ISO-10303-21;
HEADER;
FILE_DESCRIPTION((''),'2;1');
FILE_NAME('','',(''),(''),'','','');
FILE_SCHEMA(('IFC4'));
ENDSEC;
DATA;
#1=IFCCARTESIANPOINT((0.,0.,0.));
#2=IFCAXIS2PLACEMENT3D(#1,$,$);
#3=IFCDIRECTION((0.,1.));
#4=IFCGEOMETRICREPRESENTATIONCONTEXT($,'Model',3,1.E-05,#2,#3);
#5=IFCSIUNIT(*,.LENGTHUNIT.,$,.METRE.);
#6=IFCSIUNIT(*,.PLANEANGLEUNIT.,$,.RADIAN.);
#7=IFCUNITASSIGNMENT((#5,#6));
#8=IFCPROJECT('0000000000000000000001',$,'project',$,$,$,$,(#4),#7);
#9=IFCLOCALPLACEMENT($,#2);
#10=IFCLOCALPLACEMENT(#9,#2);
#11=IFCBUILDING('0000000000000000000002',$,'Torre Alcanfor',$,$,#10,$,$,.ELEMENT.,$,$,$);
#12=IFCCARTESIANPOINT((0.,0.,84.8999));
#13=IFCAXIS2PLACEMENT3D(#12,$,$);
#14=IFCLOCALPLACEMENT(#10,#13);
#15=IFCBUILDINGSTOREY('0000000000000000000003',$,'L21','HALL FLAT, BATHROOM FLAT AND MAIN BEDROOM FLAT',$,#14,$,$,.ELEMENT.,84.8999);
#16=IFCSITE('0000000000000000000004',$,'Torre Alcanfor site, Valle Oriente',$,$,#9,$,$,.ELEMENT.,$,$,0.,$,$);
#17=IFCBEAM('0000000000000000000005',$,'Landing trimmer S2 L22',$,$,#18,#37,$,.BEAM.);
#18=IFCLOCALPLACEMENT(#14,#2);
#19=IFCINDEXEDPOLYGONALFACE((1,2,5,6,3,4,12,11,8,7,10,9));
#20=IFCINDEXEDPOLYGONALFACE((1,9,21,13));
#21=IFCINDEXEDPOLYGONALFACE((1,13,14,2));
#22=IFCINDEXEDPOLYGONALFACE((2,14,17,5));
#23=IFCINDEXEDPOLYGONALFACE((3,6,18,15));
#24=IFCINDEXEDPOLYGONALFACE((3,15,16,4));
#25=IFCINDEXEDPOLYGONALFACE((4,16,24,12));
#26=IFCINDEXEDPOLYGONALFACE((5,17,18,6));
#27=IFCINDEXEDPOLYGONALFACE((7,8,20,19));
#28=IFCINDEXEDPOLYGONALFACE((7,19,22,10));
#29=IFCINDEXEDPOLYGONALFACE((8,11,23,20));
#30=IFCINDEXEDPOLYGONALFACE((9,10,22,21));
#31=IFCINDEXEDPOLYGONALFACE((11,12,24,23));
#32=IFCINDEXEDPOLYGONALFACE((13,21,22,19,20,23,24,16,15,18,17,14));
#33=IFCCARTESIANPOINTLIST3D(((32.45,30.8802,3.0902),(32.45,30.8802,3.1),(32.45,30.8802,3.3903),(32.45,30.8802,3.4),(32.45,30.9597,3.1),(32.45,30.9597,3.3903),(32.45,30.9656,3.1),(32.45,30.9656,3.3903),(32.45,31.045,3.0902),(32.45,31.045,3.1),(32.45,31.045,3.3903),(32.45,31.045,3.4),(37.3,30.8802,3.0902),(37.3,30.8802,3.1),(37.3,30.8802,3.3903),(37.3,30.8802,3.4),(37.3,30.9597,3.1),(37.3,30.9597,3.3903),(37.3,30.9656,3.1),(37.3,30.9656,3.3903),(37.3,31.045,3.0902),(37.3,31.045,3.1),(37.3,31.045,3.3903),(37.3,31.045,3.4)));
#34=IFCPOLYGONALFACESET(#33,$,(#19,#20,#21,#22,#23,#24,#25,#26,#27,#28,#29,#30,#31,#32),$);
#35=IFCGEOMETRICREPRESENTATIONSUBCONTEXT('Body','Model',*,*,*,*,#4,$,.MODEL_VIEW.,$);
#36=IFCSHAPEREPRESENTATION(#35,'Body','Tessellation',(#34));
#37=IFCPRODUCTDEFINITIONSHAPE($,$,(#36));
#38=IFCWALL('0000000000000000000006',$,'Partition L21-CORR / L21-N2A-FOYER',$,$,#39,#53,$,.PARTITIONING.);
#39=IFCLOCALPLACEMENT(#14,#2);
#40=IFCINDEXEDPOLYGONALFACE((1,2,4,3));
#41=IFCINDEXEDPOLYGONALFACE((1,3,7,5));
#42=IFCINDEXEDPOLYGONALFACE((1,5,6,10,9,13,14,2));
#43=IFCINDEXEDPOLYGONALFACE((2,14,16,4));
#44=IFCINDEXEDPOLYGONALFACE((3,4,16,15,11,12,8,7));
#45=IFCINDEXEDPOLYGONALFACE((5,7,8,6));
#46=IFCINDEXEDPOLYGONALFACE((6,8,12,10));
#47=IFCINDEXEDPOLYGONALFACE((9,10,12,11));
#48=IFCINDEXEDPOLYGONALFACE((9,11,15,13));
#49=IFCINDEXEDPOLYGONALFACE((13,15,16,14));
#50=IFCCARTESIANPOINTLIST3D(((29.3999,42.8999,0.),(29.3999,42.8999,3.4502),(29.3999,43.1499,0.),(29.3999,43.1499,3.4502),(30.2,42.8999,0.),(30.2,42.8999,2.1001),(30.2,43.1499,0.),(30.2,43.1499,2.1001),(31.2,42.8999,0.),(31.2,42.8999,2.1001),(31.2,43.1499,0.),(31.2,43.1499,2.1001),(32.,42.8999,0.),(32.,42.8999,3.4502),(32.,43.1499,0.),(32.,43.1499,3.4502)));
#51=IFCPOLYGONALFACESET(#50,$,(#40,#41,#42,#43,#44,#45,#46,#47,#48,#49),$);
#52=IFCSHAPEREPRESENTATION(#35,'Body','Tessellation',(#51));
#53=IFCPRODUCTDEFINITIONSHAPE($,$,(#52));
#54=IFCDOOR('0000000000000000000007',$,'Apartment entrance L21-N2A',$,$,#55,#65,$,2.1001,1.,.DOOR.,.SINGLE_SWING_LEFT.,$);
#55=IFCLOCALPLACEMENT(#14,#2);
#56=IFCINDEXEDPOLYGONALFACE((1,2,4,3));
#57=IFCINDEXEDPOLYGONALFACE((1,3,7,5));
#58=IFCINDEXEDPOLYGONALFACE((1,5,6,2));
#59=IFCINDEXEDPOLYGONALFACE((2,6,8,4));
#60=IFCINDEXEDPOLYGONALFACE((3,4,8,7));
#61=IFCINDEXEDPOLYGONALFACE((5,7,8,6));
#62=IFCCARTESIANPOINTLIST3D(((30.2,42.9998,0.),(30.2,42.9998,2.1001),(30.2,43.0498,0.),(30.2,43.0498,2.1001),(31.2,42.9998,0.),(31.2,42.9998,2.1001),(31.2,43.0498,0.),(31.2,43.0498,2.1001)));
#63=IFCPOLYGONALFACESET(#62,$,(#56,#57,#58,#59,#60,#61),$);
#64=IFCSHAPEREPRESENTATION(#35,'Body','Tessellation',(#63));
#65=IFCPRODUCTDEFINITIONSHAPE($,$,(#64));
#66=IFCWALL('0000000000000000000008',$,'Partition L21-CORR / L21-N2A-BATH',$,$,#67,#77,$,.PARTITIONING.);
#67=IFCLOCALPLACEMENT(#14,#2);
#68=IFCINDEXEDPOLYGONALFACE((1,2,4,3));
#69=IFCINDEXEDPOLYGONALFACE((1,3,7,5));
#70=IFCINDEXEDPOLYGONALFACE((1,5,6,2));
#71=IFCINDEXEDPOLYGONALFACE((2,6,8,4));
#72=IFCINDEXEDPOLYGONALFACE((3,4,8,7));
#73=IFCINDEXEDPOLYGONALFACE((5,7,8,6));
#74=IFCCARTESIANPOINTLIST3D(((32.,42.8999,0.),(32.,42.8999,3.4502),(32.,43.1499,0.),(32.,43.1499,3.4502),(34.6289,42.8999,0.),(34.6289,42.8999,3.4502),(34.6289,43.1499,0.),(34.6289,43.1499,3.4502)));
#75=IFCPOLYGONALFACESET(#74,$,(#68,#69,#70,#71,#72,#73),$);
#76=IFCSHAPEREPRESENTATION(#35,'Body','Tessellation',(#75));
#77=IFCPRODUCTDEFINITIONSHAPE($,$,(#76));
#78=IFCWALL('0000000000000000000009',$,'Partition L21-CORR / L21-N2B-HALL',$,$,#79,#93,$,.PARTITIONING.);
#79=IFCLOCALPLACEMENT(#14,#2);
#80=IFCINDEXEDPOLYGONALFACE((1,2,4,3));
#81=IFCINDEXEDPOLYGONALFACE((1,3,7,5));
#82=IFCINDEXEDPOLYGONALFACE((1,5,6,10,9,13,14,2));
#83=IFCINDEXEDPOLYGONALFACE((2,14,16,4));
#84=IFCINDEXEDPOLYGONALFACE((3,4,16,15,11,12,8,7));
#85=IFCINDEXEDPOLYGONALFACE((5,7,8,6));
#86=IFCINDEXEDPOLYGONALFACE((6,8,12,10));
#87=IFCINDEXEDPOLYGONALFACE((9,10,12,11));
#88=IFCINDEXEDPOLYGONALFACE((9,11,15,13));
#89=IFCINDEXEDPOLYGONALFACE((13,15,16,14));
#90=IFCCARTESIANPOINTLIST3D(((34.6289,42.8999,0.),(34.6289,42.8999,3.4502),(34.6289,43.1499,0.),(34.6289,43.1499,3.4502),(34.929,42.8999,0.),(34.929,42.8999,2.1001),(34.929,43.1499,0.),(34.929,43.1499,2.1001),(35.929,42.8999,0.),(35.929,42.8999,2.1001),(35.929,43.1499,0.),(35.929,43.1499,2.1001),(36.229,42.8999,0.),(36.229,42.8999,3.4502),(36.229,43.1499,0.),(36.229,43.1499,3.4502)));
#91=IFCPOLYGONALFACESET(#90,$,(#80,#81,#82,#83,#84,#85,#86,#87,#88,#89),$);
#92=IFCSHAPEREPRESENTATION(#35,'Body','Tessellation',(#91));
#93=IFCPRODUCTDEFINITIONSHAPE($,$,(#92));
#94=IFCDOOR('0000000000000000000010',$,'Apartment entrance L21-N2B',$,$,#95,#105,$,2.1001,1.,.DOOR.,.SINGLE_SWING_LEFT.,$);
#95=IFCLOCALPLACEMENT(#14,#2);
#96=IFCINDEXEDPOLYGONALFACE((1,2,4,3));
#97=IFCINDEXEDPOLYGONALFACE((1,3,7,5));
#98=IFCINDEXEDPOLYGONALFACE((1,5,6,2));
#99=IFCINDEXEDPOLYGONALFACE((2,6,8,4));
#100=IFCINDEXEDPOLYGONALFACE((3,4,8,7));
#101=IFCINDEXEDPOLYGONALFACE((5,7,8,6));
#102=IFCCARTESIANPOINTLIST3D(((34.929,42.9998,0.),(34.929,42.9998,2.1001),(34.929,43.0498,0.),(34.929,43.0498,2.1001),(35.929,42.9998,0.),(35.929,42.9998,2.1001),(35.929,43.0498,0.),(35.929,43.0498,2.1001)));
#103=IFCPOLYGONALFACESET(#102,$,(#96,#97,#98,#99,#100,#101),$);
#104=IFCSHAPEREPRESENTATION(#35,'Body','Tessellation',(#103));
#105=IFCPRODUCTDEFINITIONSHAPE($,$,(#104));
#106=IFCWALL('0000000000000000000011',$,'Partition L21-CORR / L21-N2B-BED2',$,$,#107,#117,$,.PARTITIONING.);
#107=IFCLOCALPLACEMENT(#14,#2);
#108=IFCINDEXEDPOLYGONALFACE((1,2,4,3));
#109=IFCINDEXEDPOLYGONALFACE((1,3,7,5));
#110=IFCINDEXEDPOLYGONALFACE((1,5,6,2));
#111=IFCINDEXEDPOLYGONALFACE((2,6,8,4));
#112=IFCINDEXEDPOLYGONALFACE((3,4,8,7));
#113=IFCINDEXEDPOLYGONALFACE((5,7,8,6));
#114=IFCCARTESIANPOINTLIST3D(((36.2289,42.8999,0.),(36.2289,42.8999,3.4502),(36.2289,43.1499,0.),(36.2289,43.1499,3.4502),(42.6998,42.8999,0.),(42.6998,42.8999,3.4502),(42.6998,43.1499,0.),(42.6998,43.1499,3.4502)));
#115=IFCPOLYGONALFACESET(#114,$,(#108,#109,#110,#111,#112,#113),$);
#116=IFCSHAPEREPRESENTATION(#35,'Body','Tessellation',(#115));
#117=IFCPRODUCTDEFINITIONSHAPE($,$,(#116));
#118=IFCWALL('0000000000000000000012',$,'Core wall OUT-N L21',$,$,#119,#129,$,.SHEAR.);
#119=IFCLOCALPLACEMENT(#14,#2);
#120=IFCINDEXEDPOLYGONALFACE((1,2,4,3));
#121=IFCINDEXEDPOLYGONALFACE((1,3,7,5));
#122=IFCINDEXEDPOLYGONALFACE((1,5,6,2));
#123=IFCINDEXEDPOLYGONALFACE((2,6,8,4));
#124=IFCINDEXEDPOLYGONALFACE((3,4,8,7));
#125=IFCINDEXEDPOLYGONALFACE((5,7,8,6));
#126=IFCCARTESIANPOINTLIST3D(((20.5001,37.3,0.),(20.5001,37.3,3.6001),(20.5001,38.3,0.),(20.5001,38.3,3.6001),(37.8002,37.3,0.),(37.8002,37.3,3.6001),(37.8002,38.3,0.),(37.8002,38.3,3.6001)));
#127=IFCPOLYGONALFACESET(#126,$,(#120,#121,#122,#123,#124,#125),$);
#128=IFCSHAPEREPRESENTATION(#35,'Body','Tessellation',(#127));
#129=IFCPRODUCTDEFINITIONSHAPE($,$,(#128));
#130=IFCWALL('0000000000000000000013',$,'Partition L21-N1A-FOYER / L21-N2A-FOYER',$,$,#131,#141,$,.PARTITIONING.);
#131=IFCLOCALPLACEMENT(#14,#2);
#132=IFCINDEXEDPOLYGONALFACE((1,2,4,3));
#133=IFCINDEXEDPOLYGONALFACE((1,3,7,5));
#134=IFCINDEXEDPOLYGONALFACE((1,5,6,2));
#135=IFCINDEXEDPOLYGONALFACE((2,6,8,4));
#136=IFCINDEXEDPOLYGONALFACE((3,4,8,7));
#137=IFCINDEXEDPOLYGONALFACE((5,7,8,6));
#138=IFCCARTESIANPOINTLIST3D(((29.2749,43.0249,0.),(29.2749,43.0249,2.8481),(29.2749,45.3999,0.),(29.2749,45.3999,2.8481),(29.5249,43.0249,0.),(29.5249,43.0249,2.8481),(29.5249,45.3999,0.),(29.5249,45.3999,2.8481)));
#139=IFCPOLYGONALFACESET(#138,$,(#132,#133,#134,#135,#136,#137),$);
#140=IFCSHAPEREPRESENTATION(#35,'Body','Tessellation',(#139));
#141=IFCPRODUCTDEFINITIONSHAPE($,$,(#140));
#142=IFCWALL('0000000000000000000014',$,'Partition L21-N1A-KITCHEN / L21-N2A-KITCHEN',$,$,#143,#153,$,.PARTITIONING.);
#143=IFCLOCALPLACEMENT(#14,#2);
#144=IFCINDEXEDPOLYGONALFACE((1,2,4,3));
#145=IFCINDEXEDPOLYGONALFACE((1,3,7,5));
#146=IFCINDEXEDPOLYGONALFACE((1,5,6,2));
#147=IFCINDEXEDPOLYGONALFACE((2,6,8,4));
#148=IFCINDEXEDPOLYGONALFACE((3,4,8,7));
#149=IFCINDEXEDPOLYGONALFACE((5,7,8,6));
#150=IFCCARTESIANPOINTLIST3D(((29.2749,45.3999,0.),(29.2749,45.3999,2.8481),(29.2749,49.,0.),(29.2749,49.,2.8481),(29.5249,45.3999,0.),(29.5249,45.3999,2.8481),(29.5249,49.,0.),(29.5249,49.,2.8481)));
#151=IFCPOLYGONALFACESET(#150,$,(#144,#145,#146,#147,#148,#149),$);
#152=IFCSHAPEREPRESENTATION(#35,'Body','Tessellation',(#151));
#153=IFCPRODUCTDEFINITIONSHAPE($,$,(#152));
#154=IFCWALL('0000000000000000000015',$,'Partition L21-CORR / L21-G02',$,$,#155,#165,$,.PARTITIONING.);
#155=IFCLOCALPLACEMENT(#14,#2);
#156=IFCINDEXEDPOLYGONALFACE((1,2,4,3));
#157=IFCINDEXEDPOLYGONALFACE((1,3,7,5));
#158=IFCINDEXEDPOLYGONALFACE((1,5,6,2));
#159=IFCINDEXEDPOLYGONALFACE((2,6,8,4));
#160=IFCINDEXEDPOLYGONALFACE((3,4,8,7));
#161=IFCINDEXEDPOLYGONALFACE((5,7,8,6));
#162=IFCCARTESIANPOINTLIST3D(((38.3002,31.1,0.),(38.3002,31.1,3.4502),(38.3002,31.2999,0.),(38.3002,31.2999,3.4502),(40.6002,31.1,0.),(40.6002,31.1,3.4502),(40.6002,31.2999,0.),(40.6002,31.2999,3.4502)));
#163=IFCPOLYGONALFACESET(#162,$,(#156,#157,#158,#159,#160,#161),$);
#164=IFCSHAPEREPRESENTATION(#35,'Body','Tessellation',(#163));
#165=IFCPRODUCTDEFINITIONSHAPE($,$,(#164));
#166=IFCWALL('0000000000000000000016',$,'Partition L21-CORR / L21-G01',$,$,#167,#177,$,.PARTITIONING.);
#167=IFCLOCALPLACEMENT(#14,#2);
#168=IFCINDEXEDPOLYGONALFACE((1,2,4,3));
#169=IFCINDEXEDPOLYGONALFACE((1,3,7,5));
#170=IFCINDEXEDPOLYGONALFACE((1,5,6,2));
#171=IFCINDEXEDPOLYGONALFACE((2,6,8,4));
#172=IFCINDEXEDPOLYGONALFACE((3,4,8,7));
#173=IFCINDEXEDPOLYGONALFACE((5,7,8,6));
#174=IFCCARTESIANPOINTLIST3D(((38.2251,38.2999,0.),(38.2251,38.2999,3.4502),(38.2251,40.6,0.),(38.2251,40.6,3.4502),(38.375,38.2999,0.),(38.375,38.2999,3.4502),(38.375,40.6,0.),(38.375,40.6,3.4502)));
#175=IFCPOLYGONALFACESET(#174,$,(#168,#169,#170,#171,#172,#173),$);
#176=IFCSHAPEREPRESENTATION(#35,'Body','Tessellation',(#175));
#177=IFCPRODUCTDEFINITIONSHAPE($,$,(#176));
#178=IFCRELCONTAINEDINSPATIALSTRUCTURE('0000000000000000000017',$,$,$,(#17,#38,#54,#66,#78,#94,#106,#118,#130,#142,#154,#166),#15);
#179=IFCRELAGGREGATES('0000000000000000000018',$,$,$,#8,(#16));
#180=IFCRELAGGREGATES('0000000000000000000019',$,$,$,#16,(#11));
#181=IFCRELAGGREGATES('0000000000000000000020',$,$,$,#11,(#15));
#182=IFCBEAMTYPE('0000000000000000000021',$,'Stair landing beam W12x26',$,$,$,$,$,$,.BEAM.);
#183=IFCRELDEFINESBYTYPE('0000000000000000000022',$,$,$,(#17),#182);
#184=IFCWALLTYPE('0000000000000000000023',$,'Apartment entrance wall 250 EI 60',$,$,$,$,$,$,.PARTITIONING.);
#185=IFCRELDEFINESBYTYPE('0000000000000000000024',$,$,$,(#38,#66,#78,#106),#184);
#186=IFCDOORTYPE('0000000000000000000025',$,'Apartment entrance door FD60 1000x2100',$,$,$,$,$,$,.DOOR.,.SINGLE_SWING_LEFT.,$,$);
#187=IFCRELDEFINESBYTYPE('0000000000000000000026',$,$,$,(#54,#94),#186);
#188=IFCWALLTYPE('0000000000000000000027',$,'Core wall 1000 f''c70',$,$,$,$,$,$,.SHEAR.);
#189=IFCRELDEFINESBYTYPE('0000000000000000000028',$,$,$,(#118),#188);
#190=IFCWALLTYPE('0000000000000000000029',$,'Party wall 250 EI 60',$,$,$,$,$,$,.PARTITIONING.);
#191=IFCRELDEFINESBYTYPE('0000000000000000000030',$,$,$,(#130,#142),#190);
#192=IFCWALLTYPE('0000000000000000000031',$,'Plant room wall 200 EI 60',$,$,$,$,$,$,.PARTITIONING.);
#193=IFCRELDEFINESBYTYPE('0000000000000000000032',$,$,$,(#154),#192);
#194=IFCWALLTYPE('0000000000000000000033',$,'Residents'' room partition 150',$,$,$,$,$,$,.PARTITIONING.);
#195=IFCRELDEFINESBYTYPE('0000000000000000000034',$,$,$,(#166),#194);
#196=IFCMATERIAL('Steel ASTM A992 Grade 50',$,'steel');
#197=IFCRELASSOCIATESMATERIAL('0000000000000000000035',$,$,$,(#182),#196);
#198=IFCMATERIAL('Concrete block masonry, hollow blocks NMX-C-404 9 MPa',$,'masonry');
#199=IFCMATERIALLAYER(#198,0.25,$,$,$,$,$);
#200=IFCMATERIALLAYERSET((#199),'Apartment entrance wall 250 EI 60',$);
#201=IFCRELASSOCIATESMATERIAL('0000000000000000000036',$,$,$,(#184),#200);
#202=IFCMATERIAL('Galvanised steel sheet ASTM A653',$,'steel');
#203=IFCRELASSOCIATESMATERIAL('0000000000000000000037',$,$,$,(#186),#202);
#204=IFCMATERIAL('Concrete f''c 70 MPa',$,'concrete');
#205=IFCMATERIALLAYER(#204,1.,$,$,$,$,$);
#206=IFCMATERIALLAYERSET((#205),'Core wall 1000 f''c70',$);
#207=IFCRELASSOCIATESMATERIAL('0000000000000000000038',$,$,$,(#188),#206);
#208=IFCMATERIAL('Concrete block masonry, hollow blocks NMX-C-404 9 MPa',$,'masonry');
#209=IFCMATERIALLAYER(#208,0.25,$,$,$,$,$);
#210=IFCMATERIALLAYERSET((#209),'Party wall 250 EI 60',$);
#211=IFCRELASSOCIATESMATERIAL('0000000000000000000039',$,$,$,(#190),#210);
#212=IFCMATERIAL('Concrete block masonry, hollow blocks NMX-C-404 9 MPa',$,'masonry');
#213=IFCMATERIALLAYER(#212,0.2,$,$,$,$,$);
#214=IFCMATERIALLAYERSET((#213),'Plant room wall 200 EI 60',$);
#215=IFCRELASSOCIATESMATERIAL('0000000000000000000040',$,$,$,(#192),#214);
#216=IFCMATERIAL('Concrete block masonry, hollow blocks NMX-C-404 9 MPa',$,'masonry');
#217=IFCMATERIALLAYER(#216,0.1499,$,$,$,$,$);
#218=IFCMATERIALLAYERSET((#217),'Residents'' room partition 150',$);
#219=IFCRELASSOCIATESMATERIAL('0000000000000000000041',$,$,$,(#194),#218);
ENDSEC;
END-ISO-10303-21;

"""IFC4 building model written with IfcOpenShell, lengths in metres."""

from ifc_helpers import new_model, si_unit, direction, frame, frame_2d, origin, origin_2d, place, context, subcontext, project, spatial, rectangle, i_section, extrude, material, layer, layer_set, material_profile, profile_set, type_object, element, fill, save


model = new_model("IFC4")

# Units and contexts
model_context = context("Model", 3, precision=1e-05, world=origin(), true_north=direction((0.0, 1.0)))
body_context = subcontext(model_context, "Body", "Model", "MODEL_VIEW")
ifc_project = project(units=[si_unit("LENGTHUNIT", "METRE"), si_unit("PLANEANGLEUNIT", "RADIAN")], contexts=[model_context])

# Site, building, storey
site_placement = place(None, origin())
site = spatial("IfcSite", under=ifc_project, at=site_placement, Name="Torre Alcanfor site, Valle Oriente", CompositionType="ELEMENT", RefElevation=0.0)
building_placement = place(site_placement, origin())
building = spatial("IfcBuilding", under=site, at=building_placement, Name="Torre Alcanfor", CompositionType="ELEMENT")
storey_placement = place(building_placement, frame((0.0, 0.0, 84.8999)))
storey = spatial("IfcBuildingStorey", under=building, at=storey_placement, Name="L21", Description="HALL FLAT, BATHROOM FLAT AND MAIN BEDROOM FLAT", CompositionType="ELEMENT", Elevation=84.8999)

# Beam
ifc_material_1 = material(Name="Steel ASTM A992 Grade 50", Category="steel")
ifc_material_profile_1 = material_profile(ifc_material_1, i_section(OverallWidth=0.1648, OverallDepth=0.3098, WebThickness=0.0059, FlangeThickness=0.0098, at=origin_2d()), Name="W12x26")
ifc_profile_set_1 = profile_set([ifc_material_profile_1], Name="Steel ASTM A992 Grade 50")
beam_type_1 = type_object("IfcBeamType", Name="Stair landing beam W12x26", PredefinedType="BEAM", material=ifc_profile_set_1)
beam_1_placement = place(storey_placement, frame((32.45, 30.9626, 3.2451), z_axis=(1.0, 0.0, 0.0), x_axis=(0.0, 1.0, 0.0)))
element("IfcBeam", 1, at=beam_1_placement, inside=storey, type_object=beam_type_1, Name="Landing trimmer S2 L22", PredefinedType="BEAM", context=body_context, shape_type="SweptSolid", body=[
    extrude(i_section(OverallWidth=0.1648, OverallDepth=0.3098, WebThickness=0.0059, FlangeThickness=0.0098, at=origin_2d()), origin(), (0.0, 0.0, 1.0), 4.8501),
])

# Wall, opening, door
ifc_material_2 = material(Name="Concrete block masonry, hollow blocks NMX-C-404 9 MPa", Category="masonry")
ifc_layer_1 = layer(ifc_material_2, 0.25)
ifc_layer_set_1 = layer_set([ifc_layer_1], Name="Apartment entrance wall 250 EI 60")
wall_type_1 = type_object("IfcWallType", Name="Apartment entrance wall 250 EI 60", PredefinedType="PARTITIONING", material=ifc_layer_set_1)
wall_1_placement = place(storey_placement, frame((29.3999, 43.0249, 0.0), z_axis=(0.0, 0.0, 1.0), x_axis=(1.0, 0.0, 0.0)))
wall_1 = element("IfcWall", 2, at=wall_1_placement, inside=storey, type_object=wall_type_1, Name="Partition L21-CORR / L21-N2A-FOYER", PredefinedType="PARTITIONING", context=body_context, shape_type="SweptSolid", body=[
    extrude(rectangle(XDim=2.6001, YDim=0.25, at=frame_2d((1.3, 0.0))), origin(), (0.0, 0.0, 1.0), 3.4502),
])
opening_1_placement = place(wall_1_placement, frame((0.8, 0.0, 0.0)))
opening_1 = element("IfcOpeningElement", 3, at=opening_1_placement, cuts=wall_1, PredefinedType="OPENING", context=body_context, shape_type="SweptSolid", body=[
    extrude(rectangle(XDim=1.0, YDim=2.1001, at=frame_2d((0.5, 1.05))), frame((0.0, 0.135, 0.0), z_axis=(0.0, -1.0, 0.0), x_axis=(1.0, 0.0, 0.0)), (0.0, 0.0, 1.0), 0.27),
])
ifc_material_3 = material(Name="Galvanised steel sheet ASTM A653", Category="steel")
door_type_1 = type_object("IfcDoorType", Name="Apartment entrance door FD60 1000x2100", OperationType="SINGLE_SWING_LEFT", PredefinedType="DOOR", material=ifc_material_3)
door_1_placement = place(opening_1_placement, origin())
door_1 = element("IfcDoor", 4, at=door_1_placement, inside=storey, type_object=door_type_1, Name="Apartment entrance L21-N2A", OperationType="SINGLE_SWING_LEFT", OverallHeight=2.1001, OverallWidth=1.0, PredefinedType="DOOR", context=body_context, shape_type="SweptSolid", body=[
    extrude(rectangle(XDim=1.0, YDim=2.1001, at=frame_2d((0.5, 1.05))), frame((0.0, 0.0249, 0.0), z_axis=(0.0, -1.0, 0.0), x_axis=(1.0, 0.0, 0.0)), (0.0, 0.0, 1.0), 0.05),
])
fill(opening_1, door_1)

# Wall
wall_2_placement = place(storey_placement, frame((32.0, 43.0249, 0.0), z_axis=(0.0, 0.0, 1.0), x_axis=(1.0, 0.0, 0.0)))
element("IfcWall", 5, at=wall_2_placement, inside=storey, type_object=wall_type_1, Name="Partition L21-CORR / L21-N2A-BATH", PredefinedType="PARTITIONING", context=body_context, shape_type="SweptSolid", body=[
    extrude(rectangle(XDim=2.6289, YDim=0.25, at=frame_2d((1.3145, 0.0))), origin(), (0.0, 0.0, 1.0), 3.4502),
])

# Wall, opening, door
wall_3_placement = place(storey_placement, frame((34.6289, 43.0249, 0.0), z_axis=(0.0, 0.0, 1.0), x_axis=(1.0, 0.0, 0.0)))
wall_3 = element("IfcWall", 6, at=wall_3_placement, inside=storey, type_object=wall_type_1, Name="Partition L21-CORR / L21-N2B-HALL", PredefinedType="PARTITIONING", context=body_context, shape_type="SweptSolid", body=[
    extrude(rectangle(XDim=1.6001, YDim=0.25, at=frame_2d((0.8, 0.0))), origin(), (0.0, 0.0, 1.0), 3.4502),
])
opening_2_placement = place(wall_3_placement, frame((0.3, 0.0, 0.0)))
opening_2 = element("IfcOpeningElement", 7, at=opening_2_placement, cuts=wall_3, PredefinedType="OPENING", context=body_context, shape_type="SweptSolid", body=[
    extrude(rectangle(XDim=1.0, YDim=2.1001, at=frame_2d((0.5, 1.05))), frame((0.0, 0.135, 0.0), z_axis=(0.0, -1.0, 0.0), x_axis=(1.0, 0.0, 0.0)), (0.0, 0.0, 1.0), 0.27),
])
door_2_placement = place(opening_2_placement, origin())
door_2 = element("IfcDoor", 8, at=door_2_placement, inside=storey, type_object=door_type_1, Name="Apartment entrance L21-N2B", OperationType="SINGLE_SWING_LEFT", OverallHeight=2.1001, OverallWidth=1.0, PredefinedType="DOOR", context=body_context, shape_type="SweptSolid", body=[
    extrude(rectangle(XDim=1.0, YDim=2.1001, at=frame_2d((0.5, 1.05))), frame((0.0, 0.0249, 0.0), z_axis=(0.0, -1.0, 0.0), x_axis=(1.0, 0.0, 0.0)), (0.0, 0.0, 1.0), 0.05),
])
fill(opening_2, door_2)

# Walls
wall_4_placement = place(storey_placement, frame((36.229, 43.0249, 0.0), z_axis=(0.0, 0.0, 1.0), x_axis=(1.0, 0.0, 0.0)))
element("IfcWall", 9, at=wall_4_placement, inside=storey, type_object=wall_type_1, Name="Partition L21-CORR / L21-N2B-BED2", PredefinedType="PARTITIONING", context=body_context, shape_type="SweptSolid", body=[
    extrude(rectangle(XDim=6.4709, YDim=0.25, at=frame_2d((3.2354, 0.0))), origin(), (0.0, 0.0, 1.0), 3.4502),
])
ifc_material_4 = material(Name="Concrete f'c 70 MPa", Category="concrete")
ifc_layer_2 = layer(ifc_material_4, 1.0)
ifc_layer_set_2 = layer_set([ifc_layer_2], Name="Core wall 1000 f'c70")
wall_type_2 = type_object("IfcWallType", Name="Core wall 1000 f'c70", PredefinedType="SHEAR", material=ifc_layer_set_2)
wall_5_placement = place(storey_placement, frame((37.8, 37.8, 0.0), z_axis=(0.0, 0.0, 1.0), x_axis=(-1.0, 0.0, 0.0)))
element("IfcWall", 10, at=wall_5_placement, inside=storey, type_object=wall_type_2, Name="Core wall OUT-N L21", PredefinedType="SHEAR", context=body_context, shape_type="SweptSolid", body=[
    extrude(rectangle(XDim=17.3, YDim=1.0, at=frame_2d((8.6499, 0.0))), origin(), (0.0, 0.0, 1.0), 3.6001),
])
ifc_material_5 = material(Name="Concrete block masonry, hollow blocks NMX-C-404 9 MPa", Category="masonry")
ifc_layer_3 = layer(ifc_material_5, 0.25)
ifc_layer_set_3 = layer_set([ifc_layer_3], Name="Party wall 250 EI 60")
wall_type_3 = type_object("IfcWallType", Name="Party wall 250 EI 60", PredefinedType="PARTITIONING", material=ifc_layer_set_3)
wall_6_placement = place(storey_placement, frame((29.3999, 43.0249, 0.0), z_axis=(0.0, 0.0, 1.0), x_axis=(0.0, 1.0, 0.0)))
element("IfcWall", 11, at=wall_6_placement, inside=storey, type_object=wall_type_3, Name="Partition L21-N1A-FOYER / L21-N2A-FOYER", PredefinedType="PARTITIONING", context=body_context, shape_type="SweptSolid", body=[
    extrude(rectangle(XDim=2.375, YDim=0.25, at=frame_2d((1.1875, 0.0))), origin(), (0.0, 0.0, 1.0), 2.8481),
])
wall_7_placement = place(storey_placement, frame((29.3999, 45.3999, 0.0), z_axis=(0.0, 0.0, 1.0), x_axis=(0.0, 1.0, 0.0)))
element("IfcWall", 12, at=wall_7_placement, inside=storey, type_object=wall_type_3, Name="Partition L21-N1A-KITCHEN / L21-N2A-KITCHEN", PredefinedType="PARTITIONING", context=body_context, shape_type="SweptSolid", body=[
    extrude(rectangle(XDim=3.6001, YDim=0.25, at=frame_2d((1.8, 0.0))), origin(), (0.0, 0.0, 1.0), 2.8481),
])
ifc_material_6 = material(Name="Concrete block masonry, hollow blocks NMX-C-404 9 MPa", Category="masonry")
ifc_layer_4 = layer(ifc_material_6, 0.2)
ifc_layer_set_4 = layer_set([ifc_layer_4], Name="Plant room wall 200 EI 60")
wall_type_4 = type_object("IfcWallType", Name="Plant room wall 200 EI 60", PredefinedType="PARTITIONING", material=ifc_layer_set_4)
wall_8_placement = place(storey_placement, frame((40.6001, 31.2, 0.0), z_axis=(0.0, 0.0, 1.0), x_axis=(-1.0, 0.0, 0.0)))
element("IfcWall", 13, at=wall_8_placement, inside=storey, type_object=wall_type_4, Name="Partition L21-CORR / L21-G02", PredefinedType="PARTITIONING", context=body_context, shape_type="SweptSolid", body=[
    extrude(rectangle(XDim=2.3, YDim=0.2, at=frame_2d((1.1499, 0.0))), origin(), (0.0, 0.0, 1.0), 3.4502),
])
ifc_material_7 = material(Name="Concrete block masonry, hollow blocks NMX-C-404 9 MPa", Category="masonry")
ifc_layer_5 = layer(ifc_material_7, 0.1499)
ifc_layer_set_5 = layer_set([ifc_layer_5], Name="Residents' room partition 150")
wall_type_5 = type_object("IfcWallType", Name="Residents' room partition 150", PredefinedType="PARTITIONING", material=ifc_layer_set_5)
wall_9_placement = place(storey_placement, frame((38.3, 38.3, 0.0), z_axis=(0.0, 0.0, 1.0), x_axis=(0.0, 1.0, 0.0)))
element("IfcWall", 14, at=wall_9_placement, inside=storey, type_object=wall_type_5, Name="Partition L21-CORR / L21-G01", PredefinedType="PARTITIONING", context=body_context, shape_type="SweptSolid", body=[
    extrude(rectangle(XDim=2.3, YDim=0.1499, at=frame_2d((1.1499, 0.0))), origin(), (0.0, 0.0, 1.0), 3.4502),
])

save(model, "model.ifc")
